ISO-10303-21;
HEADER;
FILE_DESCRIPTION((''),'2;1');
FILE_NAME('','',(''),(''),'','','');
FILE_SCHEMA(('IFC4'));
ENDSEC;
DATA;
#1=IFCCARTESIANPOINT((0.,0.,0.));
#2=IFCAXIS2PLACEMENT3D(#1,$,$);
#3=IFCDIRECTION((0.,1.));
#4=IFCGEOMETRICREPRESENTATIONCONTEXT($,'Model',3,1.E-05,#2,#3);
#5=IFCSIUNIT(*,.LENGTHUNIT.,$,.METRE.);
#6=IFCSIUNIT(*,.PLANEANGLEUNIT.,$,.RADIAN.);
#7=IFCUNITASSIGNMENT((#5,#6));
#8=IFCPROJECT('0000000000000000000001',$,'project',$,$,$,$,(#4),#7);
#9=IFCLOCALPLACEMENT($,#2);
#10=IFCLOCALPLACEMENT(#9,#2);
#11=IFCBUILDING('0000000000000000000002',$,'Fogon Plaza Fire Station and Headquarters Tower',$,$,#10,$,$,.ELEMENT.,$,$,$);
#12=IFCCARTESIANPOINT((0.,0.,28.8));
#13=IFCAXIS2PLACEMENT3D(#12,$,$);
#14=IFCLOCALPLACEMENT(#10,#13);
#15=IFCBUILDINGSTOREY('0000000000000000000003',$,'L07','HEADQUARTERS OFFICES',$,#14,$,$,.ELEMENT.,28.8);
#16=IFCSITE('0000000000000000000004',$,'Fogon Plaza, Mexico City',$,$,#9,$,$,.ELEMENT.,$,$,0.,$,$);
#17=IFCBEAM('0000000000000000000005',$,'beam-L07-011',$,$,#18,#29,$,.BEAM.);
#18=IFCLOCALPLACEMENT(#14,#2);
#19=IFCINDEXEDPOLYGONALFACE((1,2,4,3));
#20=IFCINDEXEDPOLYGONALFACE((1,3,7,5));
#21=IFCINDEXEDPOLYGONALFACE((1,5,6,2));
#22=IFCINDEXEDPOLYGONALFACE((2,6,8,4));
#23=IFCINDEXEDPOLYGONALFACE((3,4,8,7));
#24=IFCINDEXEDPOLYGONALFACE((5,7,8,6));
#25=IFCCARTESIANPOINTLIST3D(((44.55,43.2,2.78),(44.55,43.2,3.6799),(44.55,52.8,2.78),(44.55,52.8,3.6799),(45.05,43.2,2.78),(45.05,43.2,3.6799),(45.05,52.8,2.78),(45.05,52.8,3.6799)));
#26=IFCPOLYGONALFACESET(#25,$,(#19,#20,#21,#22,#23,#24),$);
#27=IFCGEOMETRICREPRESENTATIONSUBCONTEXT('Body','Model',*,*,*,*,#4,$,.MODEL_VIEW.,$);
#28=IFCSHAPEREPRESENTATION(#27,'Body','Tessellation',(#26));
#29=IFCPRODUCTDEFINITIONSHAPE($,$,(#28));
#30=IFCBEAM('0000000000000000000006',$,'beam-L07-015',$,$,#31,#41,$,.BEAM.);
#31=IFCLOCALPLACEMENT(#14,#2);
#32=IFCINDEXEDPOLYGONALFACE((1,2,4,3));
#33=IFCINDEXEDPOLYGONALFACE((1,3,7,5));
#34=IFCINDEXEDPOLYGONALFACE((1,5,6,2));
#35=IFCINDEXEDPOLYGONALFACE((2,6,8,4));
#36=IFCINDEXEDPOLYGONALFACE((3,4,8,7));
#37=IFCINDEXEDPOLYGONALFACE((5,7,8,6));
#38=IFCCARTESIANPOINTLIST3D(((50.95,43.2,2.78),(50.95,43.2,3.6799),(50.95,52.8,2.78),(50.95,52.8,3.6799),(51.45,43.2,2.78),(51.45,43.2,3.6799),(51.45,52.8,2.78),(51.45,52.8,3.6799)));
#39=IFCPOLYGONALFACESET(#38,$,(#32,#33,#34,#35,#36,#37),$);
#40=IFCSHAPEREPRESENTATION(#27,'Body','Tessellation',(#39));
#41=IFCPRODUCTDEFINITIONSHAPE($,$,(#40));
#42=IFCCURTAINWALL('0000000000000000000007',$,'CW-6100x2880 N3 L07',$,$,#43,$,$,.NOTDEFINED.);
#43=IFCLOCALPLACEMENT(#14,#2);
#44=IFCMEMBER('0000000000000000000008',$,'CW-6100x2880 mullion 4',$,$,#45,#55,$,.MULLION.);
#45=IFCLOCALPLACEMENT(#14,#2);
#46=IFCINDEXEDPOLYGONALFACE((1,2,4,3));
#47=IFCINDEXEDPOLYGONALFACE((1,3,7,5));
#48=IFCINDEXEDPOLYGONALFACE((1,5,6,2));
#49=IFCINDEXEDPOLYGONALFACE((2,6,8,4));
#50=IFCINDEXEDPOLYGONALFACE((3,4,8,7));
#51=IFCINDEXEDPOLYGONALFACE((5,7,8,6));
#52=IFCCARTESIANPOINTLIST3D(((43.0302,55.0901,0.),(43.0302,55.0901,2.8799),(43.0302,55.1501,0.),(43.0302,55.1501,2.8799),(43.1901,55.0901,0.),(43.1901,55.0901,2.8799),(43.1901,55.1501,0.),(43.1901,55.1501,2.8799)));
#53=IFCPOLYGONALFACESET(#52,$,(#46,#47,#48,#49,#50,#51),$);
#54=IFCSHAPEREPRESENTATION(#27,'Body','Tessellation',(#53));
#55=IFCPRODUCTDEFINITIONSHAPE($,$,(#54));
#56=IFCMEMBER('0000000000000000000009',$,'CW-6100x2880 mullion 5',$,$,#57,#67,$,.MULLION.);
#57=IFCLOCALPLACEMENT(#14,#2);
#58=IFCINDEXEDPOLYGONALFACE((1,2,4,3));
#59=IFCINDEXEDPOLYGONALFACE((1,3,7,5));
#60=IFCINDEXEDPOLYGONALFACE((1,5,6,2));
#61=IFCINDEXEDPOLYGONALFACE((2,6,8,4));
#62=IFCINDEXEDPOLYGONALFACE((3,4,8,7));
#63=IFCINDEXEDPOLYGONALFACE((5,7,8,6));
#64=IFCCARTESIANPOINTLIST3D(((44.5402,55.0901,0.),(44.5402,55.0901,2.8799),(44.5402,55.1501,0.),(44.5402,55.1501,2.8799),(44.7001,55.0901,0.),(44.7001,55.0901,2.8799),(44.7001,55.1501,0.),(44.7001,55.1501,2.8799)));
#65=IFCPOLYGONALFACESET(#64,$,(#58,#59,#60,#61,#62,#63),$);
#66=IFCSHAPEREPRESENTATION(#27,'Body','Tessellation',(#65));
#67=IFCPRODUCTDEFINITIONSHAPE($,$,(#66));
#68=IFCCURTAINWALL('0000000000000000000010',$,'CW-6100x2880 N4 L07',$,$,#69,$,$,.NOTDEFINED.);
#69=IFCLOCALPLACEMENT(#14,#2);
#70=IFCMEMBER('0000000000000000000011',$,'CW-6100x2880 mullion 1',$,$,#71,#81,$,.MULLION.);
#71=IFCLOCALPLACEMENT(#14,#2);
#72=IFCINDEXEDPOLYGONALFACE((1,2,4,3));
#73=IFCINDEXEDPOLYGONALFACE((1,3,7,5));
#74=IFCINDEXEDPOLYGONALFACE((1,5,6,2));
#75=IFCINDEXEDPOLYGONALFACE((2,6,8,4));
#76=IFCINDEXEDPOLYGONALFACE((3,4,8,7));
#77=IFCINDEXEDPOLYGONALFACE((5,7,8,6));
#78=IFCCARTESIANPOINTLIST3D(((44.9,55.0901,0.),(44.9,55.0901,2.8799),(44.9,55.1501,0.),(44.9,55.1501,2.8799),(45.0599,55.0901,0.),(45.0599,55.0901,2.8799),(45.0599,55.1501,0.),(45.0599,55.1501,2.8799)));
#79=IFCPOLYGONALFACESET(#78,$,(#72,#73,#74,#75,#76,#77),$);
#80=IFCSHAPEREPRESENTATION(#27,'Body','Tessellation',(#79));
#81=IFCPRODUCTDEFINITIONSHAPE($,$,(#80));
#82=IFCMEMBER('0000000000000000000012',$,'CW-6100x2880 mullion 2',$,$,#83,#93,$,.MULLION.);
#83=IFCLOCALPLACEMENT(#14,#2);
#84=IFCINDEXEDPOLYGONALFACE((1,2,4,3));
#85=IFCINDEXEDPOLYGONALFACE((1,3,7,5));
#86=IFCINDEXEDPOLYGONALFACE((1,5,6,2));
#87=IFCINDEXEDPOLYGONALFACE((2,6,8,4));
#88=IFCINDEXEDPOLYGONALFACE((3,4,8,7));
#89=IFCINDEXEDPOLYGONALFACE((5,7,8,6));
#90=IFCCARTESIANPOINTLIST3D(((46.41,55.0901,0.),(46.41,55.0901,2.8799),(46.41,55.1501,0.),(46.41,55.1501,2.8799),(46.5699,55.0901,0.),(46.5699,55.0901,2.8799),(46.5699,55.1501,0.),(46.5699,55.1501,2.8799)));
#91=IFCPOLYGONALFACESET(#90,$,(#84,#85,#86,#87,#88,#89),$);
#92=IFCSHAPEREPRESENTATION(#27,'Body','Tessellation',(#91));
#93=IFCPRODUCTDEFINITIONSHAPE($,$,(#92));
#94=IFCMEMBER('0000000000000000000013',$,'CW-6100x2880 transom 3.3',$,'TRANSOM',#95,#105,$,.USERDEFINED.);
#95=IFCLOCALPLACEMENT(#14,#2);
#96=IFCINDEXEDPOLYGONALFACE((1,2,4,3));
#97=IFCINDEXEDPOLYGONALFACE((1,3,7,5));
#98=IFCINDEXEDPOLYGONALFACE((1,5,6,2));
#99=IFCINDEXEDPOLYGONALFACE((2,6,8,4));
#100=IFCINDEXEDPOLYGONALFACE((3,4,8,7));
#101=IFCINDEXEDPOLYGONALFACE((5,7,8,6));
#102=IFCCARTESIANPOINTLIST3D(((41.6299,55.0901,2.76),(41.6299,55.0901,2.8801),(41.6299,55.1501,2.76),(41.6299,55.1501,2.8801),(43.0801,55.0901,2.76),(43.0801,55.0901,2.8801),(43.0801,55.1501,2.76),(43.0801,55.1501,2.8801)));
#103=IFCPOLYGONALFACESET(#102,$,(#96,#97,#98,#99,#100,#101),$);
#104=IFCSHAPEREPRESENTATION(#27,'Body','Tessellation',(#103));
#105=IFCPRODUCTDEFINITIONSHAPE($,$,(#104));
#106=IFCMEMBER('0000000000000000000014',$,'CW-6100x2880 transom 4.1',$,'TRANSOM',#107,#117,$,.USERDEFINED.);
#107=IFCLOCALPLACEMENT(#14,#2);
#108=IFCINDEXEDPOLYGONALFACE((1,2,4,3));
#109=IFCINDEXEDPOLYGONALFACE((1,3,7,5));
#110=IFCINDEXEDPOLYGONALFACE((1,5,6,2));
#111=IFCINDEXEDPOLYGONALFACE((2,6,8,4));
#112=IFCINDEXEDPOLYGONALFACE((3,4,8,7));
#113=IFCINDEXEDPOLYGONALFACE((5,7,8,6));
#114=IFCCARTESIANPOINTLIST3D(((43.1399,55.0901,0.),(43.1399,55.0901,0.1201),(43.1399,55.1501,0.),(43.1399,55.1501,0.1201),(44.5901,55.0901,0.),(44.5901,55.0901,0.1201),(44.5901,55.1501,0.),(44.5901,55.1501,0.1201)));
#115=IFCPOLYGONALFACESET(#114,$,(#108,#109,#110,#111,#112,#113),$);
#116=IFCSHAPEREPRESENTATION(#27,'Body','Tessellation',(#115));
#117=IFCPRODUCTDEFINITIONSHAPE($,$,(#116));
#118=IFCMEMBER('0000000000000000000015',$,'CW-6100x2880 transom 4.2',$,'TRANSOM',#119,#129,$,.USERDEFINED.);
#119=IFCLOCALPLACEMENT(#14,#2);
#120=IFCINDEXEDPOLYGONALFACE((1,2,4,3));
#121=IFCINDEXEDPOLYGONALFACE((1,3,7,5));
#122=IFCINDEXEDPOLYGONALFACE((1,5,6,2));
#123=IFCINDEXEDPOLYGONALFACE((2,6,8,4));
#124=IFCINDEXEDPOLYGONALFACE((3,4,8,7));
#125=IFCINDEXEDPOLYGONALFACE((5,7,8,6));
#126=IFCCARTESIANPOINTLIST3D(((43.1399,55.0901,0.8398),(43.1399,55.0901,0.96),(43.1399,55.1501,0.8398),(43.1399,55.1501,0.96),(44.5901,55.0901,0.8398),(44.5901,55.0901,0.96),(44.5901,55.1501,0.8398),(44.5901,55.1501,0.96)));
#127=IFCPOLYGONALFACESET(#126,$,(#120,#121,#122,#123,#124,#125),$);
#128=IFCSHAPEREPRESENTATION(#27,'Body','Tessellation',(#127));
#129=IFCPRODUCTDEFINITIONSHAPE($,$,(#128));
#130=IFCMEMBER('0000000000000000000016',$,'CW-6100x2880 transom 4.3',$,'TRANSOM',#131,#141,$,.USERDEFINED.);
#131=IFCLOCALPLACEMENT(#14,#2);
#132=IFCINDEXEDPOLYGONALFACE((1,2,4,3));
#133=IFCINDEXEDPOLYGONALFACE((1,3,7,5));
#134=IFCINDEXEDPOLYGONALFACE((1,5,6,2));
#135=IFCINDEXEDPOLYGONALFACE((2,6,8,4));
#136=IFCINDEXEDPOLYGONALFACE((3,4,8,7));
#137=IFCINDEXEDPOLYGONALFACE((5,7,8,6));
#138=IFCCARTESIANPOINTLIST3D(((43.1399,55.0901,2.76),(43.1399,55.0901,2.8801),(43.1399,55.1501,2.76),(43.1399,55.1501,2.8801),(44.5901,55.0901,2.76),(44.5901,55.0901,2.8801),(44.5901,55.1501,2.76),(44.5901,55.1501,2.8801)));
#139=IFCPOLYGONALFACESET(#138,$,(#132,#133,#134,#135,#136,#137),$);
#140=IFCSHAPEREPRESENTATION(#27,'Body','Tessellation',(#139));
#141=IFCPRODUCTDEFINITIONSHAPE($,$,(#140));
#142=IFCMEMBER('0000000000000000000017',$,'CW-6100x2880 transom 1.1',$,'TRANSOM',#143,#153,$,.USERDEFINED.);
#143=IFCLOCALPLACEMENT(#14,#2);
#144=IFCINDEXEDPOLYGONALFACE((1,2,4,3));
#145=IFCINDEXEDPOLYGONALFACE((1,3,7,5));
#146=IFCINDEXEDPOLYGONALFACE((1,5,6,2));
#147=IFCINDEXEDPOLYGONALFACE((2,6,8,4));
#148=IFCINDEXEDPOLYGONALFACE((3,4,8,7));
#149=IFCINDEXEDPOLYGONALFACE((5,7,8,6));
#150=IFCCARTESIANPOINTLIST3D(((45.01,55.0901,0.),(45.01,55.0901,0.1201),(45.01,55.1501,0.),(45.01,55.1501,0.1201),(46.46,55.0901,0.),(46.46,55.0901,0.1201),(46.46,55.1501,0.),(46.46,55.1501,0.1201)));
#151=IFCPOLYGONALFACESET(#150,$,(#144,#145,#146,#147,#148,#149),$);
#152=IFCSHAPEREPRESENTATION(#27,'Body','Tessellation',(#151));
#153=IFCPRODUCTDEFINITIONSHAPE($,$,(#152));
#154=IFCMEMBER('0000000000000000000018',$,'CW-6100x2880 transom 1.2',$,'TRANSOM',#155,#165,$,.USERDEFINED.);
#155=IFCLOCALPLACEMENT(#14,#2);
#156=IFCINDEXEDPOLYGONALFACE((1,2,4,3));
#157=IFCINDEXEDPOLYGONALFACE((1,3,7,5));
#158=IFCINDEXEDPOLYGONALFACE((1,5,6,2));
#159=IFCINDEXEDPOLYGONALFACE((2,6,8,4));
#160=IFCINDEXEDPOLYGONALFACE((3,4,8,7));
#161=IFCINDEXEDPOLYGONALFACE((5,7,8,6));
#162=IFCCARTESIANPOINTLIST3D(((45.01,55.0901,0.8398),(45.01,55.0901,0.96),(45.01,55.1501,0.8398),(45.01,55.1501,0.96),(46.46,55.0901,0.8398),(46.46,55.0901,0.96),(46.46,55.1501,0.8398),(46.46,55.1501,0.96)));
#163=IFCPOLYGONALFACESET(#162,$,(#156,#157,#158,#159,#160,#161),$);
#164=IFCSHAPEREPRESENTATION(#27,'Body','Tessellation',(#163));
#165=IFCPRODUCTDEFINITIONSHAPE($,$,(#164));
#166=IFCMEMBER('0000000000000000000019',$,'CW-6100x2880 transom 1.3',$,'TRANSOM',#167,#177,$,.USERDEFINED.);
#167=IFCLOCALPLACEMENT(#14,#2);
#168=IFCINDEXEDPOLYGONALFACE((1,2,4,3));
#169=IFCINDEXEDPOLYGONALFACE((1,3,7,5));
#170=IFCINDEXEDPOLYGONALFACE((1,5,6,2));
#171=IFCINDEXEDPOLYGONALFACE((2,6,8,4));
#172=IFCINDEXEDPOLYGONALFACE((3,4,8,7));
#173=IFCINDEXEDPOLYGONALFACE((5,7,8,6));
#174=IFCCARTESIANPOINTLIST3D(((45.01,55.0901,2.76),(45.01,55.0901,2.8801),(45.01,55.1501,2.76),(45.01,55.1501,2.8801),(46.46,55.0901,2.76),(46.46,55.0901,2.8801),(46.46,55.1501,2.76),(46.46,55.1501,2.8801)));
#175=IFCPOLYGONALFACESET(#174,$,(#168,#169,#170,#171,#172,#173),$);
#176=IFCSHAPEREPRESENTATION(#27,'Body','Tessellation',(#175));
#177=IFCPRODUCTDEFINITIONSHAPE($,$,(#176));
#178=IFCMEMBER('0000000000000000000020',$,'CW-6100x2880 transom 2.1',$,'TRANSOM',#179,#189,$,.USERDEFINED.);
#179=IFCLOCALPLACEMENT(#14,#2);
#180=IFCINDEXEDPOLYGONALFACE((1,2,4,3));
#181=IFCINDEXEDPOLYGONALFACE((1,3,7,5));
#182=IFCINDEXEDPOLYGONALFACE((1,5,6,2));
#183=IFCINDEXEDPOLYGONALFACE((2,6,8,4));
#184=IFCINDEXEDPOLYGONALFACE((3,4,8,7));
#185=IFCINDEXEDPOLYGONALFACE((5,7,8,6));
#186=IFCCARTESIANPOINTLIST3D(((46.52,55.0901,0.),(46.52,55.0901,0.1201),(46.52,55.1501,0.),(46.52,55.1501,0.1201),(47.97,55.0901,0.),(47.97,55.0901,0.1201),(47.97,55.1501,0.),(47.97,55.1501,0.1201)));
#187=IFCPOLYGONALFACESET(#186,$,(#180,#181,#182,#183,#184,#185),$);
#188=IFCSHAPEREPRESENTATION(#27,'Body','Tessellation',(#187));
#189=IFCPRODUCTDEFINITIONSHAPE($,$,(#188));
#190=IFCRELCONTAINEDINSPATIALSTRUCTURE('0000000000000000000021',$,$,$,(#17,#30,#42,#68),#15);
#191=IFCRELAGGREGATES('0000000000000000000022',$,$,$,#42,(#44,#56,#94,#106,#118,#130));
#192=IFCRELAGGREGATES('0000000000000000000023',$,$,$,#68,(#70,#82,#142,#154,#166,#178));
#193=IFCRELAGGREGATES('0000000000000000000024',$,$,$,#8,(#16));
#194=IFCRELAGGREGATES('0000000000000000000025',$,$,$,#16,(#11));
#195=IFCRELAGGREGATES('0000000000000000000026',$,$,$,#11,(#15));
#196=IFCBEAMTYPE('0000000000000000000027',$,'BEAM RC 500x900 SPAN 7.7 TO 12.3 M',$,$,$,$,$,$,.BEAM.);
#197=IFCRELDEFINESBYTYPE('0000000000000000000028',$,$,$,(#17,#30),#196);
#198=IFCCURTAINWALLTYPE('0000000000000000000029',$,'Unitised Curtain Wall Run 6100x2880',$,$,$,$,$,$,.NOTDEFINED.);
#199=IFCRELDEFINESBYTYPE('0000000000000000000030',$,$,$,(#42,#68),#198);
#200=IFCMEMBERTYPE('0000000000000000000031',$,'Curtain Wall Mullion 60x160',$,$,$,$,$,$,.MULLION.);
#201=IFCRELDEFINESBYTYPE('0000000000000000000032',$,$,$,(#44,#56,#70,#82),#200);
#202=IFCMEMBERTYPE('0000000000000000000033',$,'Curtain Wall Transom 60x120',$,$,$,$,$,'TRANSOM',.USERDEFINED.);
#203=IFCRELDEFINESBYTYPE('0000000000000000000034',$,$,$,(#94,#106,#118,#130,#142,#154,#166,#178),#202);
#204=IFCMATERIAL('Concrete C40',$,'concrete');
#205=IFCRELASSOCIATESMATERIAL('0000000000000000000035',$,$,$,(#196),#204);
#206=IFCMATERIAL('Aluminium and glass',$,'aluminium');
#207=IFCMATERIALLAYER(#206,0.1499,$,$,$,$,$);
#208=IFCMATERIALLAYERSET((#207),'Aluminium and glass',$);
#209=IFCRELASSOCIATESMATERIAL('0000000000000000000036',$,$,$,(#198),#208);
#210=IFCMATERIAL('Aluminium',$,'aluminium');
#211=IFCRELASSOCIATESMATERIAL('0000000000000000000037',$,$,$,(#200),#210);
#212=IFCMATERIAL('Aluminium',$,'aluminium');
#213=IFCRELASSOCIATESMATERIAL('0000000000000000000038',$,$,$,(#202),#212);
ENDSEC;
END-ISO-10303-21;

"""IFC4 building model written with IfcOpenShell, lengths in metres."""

from ifc_helpers import new_model, si_unit, direction, frame, origin, origin_2d, place, context, subcontext, project, spatial, rectangle, extrude, material, layer, layer_set, material_profile, profile_set, type_object, element, aggregate, save


model = new_model("IFC4")

# Units and contexts
model_context = context("Model", 3, precision=1e-05, world=origin(), true_north=direction((0.0, 1.0)))
body_context = subcontext(model_context, "Body", "Model", "MODEL_VIEW")
ifc_project = project(units=[si_unit("LENGTHUNIT", "METRE"), si_unit("PLANEANGLEUNIT", "RADIAN")], contexts=[model_context])

# Site, building, storey
site_placement = place(None, origin())
site = spatial("IfcSite", under=ifc_project, at=site_placement, Name="Fogon Plaza, Mexico City", CompositionType="ELEMENT", RefElevation=0.0)
building_placement = place(site_placement, origin())
building = spatial("IfcBuilding", under=site, at=building_placement, Name="Fogon Plaza Fire Station and Headquarters Tower", CompositionType="ELEMENT")
storey_placement = place(building_placement, frame((0.0, 0.0, 28.8)))
storey = spatial("IfcBuildingStorey", under=building, at=storey_placement, Name="L07", Description="HEADQUARTERS OFFICES", CompositionType="ELEMENT", Elevation=28.8)

# Beams
ifc_material_1 = material(Name="Concrete C40", Category="concrete")
ifc_material_profile_1 = material_profile(ifc_material_1, rectangle(XDim=0.5, YDim=0.8999, at=origin_2d()), Name="RC 500x900")
ifc_profile_set_1 = profile_set([ifc_material_profile_1], Name="Concrete C40")
beam_type_1 = type_object("IfcBeamType", Name="BEAM RC 500x900 SPAN 7.7 TO 12.3 M", PredefinedType="BEAM", material=ifc_profile_set_1)
for number, where, z_axis, x_axis, name in (
    (1, (44.8, 43.2, 3.23), (0.0, 1.0, 0.0), (-1.0, 0.0, 0.0), "beam-L07-011"),
    (2, (51.2, 43.2, 3.23), (0.0, 1.0, 0.0), (-1.0, 0.0, 0.0), "beam-L07-015"),
):
    element("IfcBeam", number, at=place(storey_placement, frame(where, z_axis=z_axis, x_axis=x_axis)), inside=storey, type_object=beam_type_1, Name=name, PredefinedType="BEAM", context=body_context, shape_type="SweptSolid", body=[
        extrude(rectangle(XDim=0.5, YDim=0.8999, at=origin_2d()), origin(), (0.0, 0.0, 1.0), 9.6001),
    ])

# Curtain walls, members
ifc_material_2 = material(Name="Aluminium and glass", Category="aluminium")
ifc_layer_1 = layer(ifc_material_2, 0.1499)
ifc_layer_set_1 = layer_set([ifc_layer_1], Name="Aluminium and glass")
curtain_wall_type = type_object("IfcCurtainWallType", Name="Unitised Curtain Wall Run 6100x2880", PredefinedType="NOTDEFINED", material=ifc_layer_set_1)
curtain_wall_1_placement = place(storey_placement, origin())
curtain_wall_1 = element("IfcCurtainWall", 3, at=curtain_wall_1_placement, inside=storey, type_object=curtain_wall_type, Name="CW-6100x2880 N3 L07", PredefinedType="NOTDEFINED")
ifc_material_3 = material(Name="Aluminium", Category="aluminium")
ifc_material_profile_2 = material_profile(ifc_material_3, rectangle(XDim=0.0601, YDim=0.1599, at=origin_2d()), Name="Curtain Wall Mullion 60x160")
ifc_profile_set_2 = profile_set([ifc_material_profile_2], Name="Aluminium")
member_type_1 = type_object("IfcMemberType", Name="Curtain Wall Mullion 60x160", PredefinedType="MULLION", material=ifc_profile_set_2)
member_1_placement = place(storey_placement, frame((43.1101, 55.1201, 0.0), z_axis=(0.0, 0.0, 1.0), x_axis=(0.0, 1.0, 0.0)))
member_1 = element("IfcMember", 4, at=member_1_placement, type_object=member_type_1, Name="CW-6100x2880 mullion 4", PredefinedType="MULLION", context=body_context, shape_type="SweptSolid", body=[
    extrude(rectangle(XDim=0.0601, YDim=0.1599, at=origin_2d()), origin(), (0.0, 0.0, 1.0), 2.8799),
])
member_2_placement = place(storey_placement, frame((44.6201, 55.1201, 0.0), z_axis=(0.0, 0.0, 1.0), x_axis=(0.0, 1.0, 0.0)))
member_2 = element("IfcMember", 5, at=member_2_placement, type_object=member_type_1, Name="CW-6100x2880 mullion 5", PredefinedType="MULLION", context=body_context, shape_type="SweptSolid", body=[
    extrude(rectangle(XDim=0.0601, YDim=0.1599, at=origin_2d()), origin(), (0.0, 0.0, 1.0), 2.8799),
])
curtain_wall_2_placement = place(storey_placement, origin())
curtain_wall_2 = element("IfcCurtainWall", 6, at=curtain_wall_2_placement, inside=storey, type_object=curtain_wall_type, Name="CW-6100x2880 N4 L07", PredefinedType="NOTDEFINED")
member_3_placement = place(storey_placement, frame((44.98, 55.1201, 0.0), z_axis=(0.0, 0.0, 1.0), x_axis=(0.0, 1.0, 0.0)))
member_3 = element("IfcMember", 7, at=member_3_placement, type_object=member_type_1, Name="CW-6100x2880 mullion 1", PredefinedType="MULLION", context=body_context, shape_type="SweptSolid", body=[
    extrude(rectangle(XDim=0.0601, YDim=0.1599, at=origin_2d()), origin(), (0.0, 0.0, 1.0), 2.8799),
])
member_4_placement = place(storey_placement, frame((46.49, 55.1201, 0.0), z_axis=(0.0, 0.0, 1.0), x_axis=(0.0, 1.0, 0.0)))
member_4 = element("IfcMember", 8, at=member_4_placement, type_object=member_type_1, Name="CW-6100x2880 mullion 2", PredefinedType="MULLION", context=body_context, shape_type="SweptSolid", body=[
    extrude(rectangle(XDim=0.0601, YDim=0.1599, at=origin_2d()), origin(), (0.0, 0.0, 1.0), 2.8799),
])

# Members
ifc_material_4 = material(Name="Aluminium", Category="aluminium")
ifc_material_profile_3 = material_profile(ifc_material_4, rectangle(XDim=0.0601, YDim=0.1201, at=origin_2d()), Name="Curtain Wall Transom 60x120")
ifc_profile_set_3 = profile_set([ifc_material_profile_3], Name="Aluminium")
member_type_2 = type_object("IfcMemberType", Name="Curtain Wall Transom 60x120", ElementType="TRANSOM", PredefinedType="USERDEFINED", material=ifc_profile_set_3)
member_5_placement = place(storey_placement, frame((41.6299, 55.1201, 2.8201), z_axis=(1.0, 0.0, 0.0), x_axis=(0.0, 1.0, 0.0)))
member_5 = element("IfcMember", 9, at=member_5_placement, type_object=member_type_2, Name="CW-6100x2880 transom 3.3", ObjectType="TRANSOM", PredefinedType="USERDEFINED", context=body_context, shape_type="SweptSolid", body=[
    extrude(rectangle(XDim=0.0601, YDim=0.1201, at=origin_2d()), origin(), (0.0, 0.0, 1.0), 1.4502),
])
member_6_placement = place(storey_placement, frame((43.1399, 55.1201, 0.0601), z_axis=(1.0, 0.0, 0.0), x_axis=(0.0, 1.0, 0.0)))
member_6 = element("IfcMember", 10, at=member_6_placement, type_object=member_type_2, Name="CW-6100x2880 transom 4.1", ObjectType="TRANSOM", PredefinedType="USERDEFINED", context=body_context, shape_type="SweptSolid", body=[
    extrude(rectangle(XDim=0.0601, YDim=0.1201, at=origin_2d()), origin(), (0.0, 0.0, 1.0), 1.4502),
])
member_7_placement = place(storey_placement, frame((43.1399, 55.1201, 0.8999), z_axis=(1.0, 0.0, 0.0), x_axis=(0.0, 1.0, 0.0)))
member_7 = element("IfcMember", 11, at=member_7_placement, type_object=member_type_2, Name="CW-6100x2880 transom 4.2", ObjectType="TRANSOM", PredefinedType="USERDEFINED", context=body_context, shape_type="SweptSolid", body=[
    extrude(rectangle(XDim=0.0601, YDim=0.1201, at=origin_2d()), origin(), (0.0, 0.0, 1.0), 1.4502),
])
member_8_placement = place(storey_placement, frame((43.1399, 55.1201, 2.8201), z_axis=(1.0, 0.0, 0.0), x_axis=(0.0, 1.0, 0.0)))
member_8 = element("IfcMember", 12, at=member_8_placement, type_object=member_type_2, Name="CW-6100x2880 transom 4.3", ObjectType="TRANSOM", PredefinedType="USERDEFINED", context=body_context, shape_type="SweptSolid", body=[
    extrude(rectangle(XDim=0.0601, YDim=0.1201, at=origin_2d()), origin(), (0.0, 0.0, 1.0), 1.4502),
])
member_9_placement = place(storey_placement, frame((45.01, 55.1201, 0.0601), z_axis=(1.0, 0.0, 0.0), x_axis=(0.0, 1.0, 0.0)))
member_9 = element("IfcMember", 13, at=member_9_placement, type_object=member_type_2, Name="CW-6100x2880 transom 1.1", ObjectType="TRANSOM", PredefinedType="USERDEFINED", context=body_context, shape_type="SweptSolid", body=[
    extrude(rectangle(XDim=0.0601, YDim=0.1201, at=origin_2d()), origin(), (0.0, 0.0, 1.0), 1.45),
])
member_10_placement = place(storey_placement, frame((45.01, 55.1201, 0.8999), z_axis=(1.0, 0.0, 0.0), x_axis=(0.0, 1.0, 0.0)))
member_10 = element("IfcMember", 14, at=member_10_placement, type_object=member_type_2, Name="CW-6100x2880 transom 1.2", ObjectType="TRANSOM", PredefinedType="USERDEFINED", context=body_context, shape_type="SweptSolid", body=[
    extrude(rectangle(XDim=0.0601, YDim=0.1201, at=origin_2d()), origin(), (0.0, 0.0, 1.0), 1.45),
])
member_11_placement = place(storey_placement, frame((45.01, 55.1201, 2.8201), z_axis=(1.0, 0.0, 0.0), x_axis=(0.0, 1.0, 0.0)))
member_11 = element("IfcMember", 15, at=member_11_placement, type_object=member_type_2, Name="CW-6100x2880 transom 1.3", ObjectType="TRANSOM", PredefinedType="USERDEFINED", context=body_context, shape_type="SweptSolid", body=[
    extrude(rectangle(XDim=0.0601, YDim=0.1201, at=origin_2d()), origin(), (0.0, 0.0, 1.0), 1.45),
])
member_12_placement = place(storey_placement, frame((46.52, 55.1201, 0.0601), z_axis=(1.0, 0.0, 0.0), x_axis=(0.0, 1.0, 0.0)))
member_12 = element("IfcMember", 16, at=member_12_placement, type_object=member_type_2, Name="CW-6100x2880 transom 2.1", ObjectType="TRANSOM", PredefinedType="USERDEFINED", context=body_context, shape_type="SweptSolid", body=[
    extrude(rectangle(XDim=0.0601, YDim=0.1201, at=origin_2d()), origin(), (0.0, 0.0, 1.0), 1.45),
])

aggregate(curtain_wall_1, [member_1, member_2, member_5, member_6, member_7, member_8])
aggregate(curtain_wall_2, [member_3, member_4, member_9, member_10, member_11, member_12])

save(model, "model.ifc")
